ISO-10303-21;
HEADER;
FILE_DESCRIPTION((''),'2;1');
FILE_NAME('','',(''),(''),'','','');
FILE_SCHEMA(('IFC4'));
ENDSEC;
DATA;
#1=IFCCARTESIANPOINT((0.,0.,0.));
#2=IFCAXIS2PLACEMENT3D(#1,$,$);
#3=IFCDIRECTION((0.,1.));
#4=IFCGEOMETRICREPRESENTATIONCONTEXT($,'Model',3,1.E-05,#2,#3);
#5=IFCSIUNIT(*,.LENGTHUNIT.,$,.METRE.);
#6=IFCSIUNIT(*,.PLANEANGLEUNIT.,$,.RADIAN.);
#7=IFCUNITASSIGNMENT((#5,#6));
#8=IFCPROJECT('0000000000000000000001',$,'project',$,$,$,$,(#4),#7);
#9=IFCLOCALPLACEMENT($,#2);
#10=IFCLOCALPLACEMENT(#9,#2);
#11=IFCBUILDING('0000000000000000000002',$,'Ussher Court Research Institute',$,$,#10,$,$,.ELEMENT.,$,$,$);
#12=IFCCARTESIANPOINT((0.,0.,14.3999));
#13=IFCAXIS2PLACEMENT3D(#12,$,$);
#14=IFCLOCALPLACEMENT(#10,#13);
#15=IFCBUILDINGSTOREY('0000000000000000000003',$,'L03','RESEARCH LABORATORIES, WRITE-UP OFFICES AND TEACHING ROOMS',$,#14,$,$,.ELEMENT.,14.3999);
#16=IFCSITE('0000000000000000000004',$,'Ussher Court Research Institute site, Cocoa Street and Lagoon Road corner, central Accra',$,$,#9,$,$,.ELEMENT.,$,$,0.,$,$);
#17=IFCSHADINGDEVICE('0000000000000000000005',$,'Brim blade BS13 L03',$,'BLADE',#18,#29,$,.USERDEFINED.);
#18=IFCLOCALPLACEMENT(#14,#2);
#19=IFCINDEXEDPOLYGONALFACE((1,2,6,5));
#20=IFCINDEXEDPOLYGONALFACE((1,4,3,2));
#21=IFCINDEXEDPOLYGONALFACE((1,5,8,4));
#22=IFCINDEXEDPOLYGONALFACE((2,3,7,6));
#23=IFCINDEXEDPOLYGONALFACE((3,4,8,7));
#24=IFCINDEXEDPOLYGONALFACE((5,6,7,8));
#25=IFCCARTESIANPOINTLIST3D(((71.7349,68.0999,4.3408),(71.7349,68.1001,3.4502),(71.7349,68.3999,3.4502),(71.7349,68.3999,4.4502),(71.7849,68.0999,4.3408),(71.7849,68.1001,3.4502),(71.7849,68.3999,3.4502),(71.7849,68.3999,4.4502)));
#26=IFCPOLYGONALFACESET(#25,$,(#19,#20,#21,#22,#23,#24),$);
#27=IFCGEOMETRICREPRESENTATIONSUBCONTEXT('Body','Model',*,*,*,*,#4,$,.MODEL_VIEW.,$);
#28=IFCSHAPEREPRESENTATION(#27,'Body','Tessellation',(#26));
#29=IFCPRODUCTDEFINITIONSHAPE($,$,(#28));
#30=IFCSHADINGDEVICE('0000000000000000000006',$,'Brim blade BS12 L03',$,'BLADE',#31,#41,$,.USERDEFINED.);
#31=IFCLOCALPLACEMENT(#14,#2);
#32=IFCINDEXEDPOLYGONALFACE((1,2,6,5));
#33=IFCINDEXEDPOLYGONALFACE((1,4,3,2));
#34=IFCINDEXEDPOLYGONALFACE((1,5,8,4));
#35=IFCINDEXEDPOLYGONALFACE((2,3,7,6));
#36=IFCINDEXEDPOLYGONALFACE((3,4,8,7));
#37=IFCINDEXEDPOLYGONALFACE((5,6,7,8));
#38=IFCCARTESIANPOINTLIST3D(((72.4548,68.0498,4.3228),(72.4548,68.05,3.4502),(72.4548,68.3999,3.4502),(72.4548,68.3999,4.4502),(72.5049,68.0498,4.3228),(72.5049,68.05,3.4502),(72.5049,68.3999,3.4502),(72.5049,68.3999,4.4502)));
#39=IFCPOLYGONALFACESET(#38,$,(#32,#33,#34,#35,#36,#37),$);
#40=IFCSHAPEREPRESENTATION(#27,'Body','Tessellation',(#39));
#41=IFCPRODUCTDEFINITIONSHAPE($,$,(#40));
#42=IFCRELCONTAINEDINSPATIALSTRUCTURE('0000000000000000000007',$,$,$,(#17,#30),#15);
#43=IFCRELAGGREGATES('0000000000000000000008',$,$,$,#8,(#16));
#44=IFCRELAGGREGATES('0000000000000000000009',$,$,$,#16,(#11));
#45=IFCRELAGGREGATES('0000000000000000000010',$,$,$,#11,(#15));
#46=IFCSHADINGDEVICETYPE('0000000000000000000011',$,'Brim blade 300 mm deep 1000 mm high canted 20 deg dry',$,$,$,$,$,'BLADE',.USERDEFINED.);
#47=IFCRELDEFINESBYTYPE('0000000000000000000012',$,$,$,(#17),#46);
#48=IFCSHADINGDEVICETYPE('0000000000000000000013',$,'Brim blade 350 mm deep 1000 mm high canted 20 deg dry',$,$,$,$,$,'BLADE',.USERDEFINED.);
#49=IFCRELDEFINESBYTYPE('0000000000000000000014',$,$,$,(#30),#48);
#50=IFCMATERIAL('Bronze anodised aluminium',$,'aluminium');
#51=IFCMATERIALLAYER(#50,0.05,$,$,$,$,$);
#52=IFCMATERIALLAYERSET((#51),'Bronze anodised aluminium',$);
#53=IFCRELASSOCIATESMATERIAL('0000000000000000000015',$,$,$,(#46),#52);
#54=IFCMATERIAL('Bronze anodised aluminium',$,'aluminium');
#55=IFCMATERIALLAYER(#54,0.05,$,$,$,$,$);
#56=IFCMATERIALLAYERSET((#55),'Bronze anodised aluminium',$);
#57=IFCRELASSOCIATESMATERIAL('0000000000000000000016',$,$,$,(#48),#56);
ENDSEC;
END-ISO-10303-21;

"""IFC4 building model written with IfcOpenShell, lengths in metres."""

from ifc_helpers import new_model, si_unit, direction, frame, origin, place, context, subcontext, project, spatial, polyline, outline, extrude, material, layer, layer_set, type_object, element, save


model = new_model("IFC4")

# Units and contexts
model_context = context("Model", 3, precision=1e-05, world=origin(), true_north=direction((0.0, 1.0)))
body_context = subcontext(model_context, "Body", "Model", "MODEL_VIEW")
ifc_project = project(units=[si_unit("LENGTHUNIT", "METRE"), si_unit("PLANEANGLEUNIT", "RADIAN")], contexts=[model_context])

# Site, building, storey
site_placement = place(None, origin())
site = spatial("IfcSite", under=ifc_project, at=site_placement, Name="Ussher Court Research Institute site, Cocoa Street and Lagoon Road corner, central Accra", CompositionType="ELEMENT", RefElevation=0.0)
building_placement = place(site_placement, origin())
building = spatial("IfcBuilding", under=site, at=building_placement, Name="Ussher Court Research Institute", CompositionType="ELEMENT")
storey_placement = place(building_placement, frame((0.0, 0.0, 14.3999)))
storey = spatial("IfcBuildingStorey", under=building, at=storey_placement, Name="L03", Description="RESEARCH LABORATORIES, WRITE-UP OFFICES AND TEACHING ROOMS", CompositionType="ELEMENT", Elevation=14.3999)

# Shading devices
ifc_material_1 = material(Name="Bronze anodised aluminium", Category="aluminium")
ifc_layer_1 = layer(ifc_material_1, 0.05)
ifc_layer_set_1 = layer_set([ifc_layer_1], Name="Bronze anodised aluminium")
shading_device_type_1 = type_object("IfcShadingDeviceType", Name="Brim blade 300 mm deep 1000 mm high canted 20 deg dry", ElementType="BLADE", PredefinedType="USERDEFINED", material=ifc_layer_set_1)
shading_device_1_placement = place(storey_placement, frame((71.76, 68.3999, 3.4502), z_axis=(0.0, 0.0, 1.0), x_axis=(0.0, -1.0, 0.0)))
element("IfcShadingDevice", 1, at=shading_device_1_placement, inside=storey, type_object=shading_device_type_1, Name="Brim blade BS13 L03", ObjectType="BLADE", PredefinedType="USERDEFINED", context=body_context, shape_type="SweptSolid", body=[
    extrude(outline(polyline([(0.0, 0.0), (0.2998, 0.0), (0.3, 0.8906), (0.0, 1.0), (0.0, 0.0)])), frame((0.0, 0.0249, 0.0), z_axis=(0.0, -1.0, 0.0), x_axis=(1.0, 0.0, 0.0)), (0.0, 0.0, 1.0), 0.05),
])
ifc_material_2 = material(Name="Bronze anodised aluminium", Category="aluminium")
ifc_layer_2 = layer(ifc_material_2, 0.05)
ifc_layer_set_2 = layer_set([ifc_layer_2], Name="Bronze anodised aluminium")
shading_device_type_2 = type_object("IfcShadingDeviceType", Name="Brim blade 350 mm deep 1000 mm high canted 20 deg dry", ElementType="BLADE", PredefinedType="USERDEFINED", material=ifc_layer_set_2)
shading_device_2_placement = place(storey_placement, frame((72.48, 68.3999, 3.4502), z_axis=(0.0, 0.0, 1.0), x_axis=(0.0, -1.0, 0.0)))
element("IfcShadingDevice", 2, at=shading_device_2_placement, inside=storey, type_object=shading_device_type_2, Name="Brim blade BS12 L03", ObjectType="BLADE", PredefinedType="USERDEFINED", context=body_context, shape_type="SweptSolid", body=[
    extrude(outline(polyline([(0.0, 0.0), (0.3499, 0.0), (0.3501, 0.8726), (0.0, 1.0), (0.0, 0.0)])), frame((0.0, 0.0249, 0.0), z_axis=(0.0, -1.0, 0.0), x_axis=(1.0, 0.0, 0.0)), (0.0, 0.0, 1.0), 0.05),
])

save(model, "model.ifc")
